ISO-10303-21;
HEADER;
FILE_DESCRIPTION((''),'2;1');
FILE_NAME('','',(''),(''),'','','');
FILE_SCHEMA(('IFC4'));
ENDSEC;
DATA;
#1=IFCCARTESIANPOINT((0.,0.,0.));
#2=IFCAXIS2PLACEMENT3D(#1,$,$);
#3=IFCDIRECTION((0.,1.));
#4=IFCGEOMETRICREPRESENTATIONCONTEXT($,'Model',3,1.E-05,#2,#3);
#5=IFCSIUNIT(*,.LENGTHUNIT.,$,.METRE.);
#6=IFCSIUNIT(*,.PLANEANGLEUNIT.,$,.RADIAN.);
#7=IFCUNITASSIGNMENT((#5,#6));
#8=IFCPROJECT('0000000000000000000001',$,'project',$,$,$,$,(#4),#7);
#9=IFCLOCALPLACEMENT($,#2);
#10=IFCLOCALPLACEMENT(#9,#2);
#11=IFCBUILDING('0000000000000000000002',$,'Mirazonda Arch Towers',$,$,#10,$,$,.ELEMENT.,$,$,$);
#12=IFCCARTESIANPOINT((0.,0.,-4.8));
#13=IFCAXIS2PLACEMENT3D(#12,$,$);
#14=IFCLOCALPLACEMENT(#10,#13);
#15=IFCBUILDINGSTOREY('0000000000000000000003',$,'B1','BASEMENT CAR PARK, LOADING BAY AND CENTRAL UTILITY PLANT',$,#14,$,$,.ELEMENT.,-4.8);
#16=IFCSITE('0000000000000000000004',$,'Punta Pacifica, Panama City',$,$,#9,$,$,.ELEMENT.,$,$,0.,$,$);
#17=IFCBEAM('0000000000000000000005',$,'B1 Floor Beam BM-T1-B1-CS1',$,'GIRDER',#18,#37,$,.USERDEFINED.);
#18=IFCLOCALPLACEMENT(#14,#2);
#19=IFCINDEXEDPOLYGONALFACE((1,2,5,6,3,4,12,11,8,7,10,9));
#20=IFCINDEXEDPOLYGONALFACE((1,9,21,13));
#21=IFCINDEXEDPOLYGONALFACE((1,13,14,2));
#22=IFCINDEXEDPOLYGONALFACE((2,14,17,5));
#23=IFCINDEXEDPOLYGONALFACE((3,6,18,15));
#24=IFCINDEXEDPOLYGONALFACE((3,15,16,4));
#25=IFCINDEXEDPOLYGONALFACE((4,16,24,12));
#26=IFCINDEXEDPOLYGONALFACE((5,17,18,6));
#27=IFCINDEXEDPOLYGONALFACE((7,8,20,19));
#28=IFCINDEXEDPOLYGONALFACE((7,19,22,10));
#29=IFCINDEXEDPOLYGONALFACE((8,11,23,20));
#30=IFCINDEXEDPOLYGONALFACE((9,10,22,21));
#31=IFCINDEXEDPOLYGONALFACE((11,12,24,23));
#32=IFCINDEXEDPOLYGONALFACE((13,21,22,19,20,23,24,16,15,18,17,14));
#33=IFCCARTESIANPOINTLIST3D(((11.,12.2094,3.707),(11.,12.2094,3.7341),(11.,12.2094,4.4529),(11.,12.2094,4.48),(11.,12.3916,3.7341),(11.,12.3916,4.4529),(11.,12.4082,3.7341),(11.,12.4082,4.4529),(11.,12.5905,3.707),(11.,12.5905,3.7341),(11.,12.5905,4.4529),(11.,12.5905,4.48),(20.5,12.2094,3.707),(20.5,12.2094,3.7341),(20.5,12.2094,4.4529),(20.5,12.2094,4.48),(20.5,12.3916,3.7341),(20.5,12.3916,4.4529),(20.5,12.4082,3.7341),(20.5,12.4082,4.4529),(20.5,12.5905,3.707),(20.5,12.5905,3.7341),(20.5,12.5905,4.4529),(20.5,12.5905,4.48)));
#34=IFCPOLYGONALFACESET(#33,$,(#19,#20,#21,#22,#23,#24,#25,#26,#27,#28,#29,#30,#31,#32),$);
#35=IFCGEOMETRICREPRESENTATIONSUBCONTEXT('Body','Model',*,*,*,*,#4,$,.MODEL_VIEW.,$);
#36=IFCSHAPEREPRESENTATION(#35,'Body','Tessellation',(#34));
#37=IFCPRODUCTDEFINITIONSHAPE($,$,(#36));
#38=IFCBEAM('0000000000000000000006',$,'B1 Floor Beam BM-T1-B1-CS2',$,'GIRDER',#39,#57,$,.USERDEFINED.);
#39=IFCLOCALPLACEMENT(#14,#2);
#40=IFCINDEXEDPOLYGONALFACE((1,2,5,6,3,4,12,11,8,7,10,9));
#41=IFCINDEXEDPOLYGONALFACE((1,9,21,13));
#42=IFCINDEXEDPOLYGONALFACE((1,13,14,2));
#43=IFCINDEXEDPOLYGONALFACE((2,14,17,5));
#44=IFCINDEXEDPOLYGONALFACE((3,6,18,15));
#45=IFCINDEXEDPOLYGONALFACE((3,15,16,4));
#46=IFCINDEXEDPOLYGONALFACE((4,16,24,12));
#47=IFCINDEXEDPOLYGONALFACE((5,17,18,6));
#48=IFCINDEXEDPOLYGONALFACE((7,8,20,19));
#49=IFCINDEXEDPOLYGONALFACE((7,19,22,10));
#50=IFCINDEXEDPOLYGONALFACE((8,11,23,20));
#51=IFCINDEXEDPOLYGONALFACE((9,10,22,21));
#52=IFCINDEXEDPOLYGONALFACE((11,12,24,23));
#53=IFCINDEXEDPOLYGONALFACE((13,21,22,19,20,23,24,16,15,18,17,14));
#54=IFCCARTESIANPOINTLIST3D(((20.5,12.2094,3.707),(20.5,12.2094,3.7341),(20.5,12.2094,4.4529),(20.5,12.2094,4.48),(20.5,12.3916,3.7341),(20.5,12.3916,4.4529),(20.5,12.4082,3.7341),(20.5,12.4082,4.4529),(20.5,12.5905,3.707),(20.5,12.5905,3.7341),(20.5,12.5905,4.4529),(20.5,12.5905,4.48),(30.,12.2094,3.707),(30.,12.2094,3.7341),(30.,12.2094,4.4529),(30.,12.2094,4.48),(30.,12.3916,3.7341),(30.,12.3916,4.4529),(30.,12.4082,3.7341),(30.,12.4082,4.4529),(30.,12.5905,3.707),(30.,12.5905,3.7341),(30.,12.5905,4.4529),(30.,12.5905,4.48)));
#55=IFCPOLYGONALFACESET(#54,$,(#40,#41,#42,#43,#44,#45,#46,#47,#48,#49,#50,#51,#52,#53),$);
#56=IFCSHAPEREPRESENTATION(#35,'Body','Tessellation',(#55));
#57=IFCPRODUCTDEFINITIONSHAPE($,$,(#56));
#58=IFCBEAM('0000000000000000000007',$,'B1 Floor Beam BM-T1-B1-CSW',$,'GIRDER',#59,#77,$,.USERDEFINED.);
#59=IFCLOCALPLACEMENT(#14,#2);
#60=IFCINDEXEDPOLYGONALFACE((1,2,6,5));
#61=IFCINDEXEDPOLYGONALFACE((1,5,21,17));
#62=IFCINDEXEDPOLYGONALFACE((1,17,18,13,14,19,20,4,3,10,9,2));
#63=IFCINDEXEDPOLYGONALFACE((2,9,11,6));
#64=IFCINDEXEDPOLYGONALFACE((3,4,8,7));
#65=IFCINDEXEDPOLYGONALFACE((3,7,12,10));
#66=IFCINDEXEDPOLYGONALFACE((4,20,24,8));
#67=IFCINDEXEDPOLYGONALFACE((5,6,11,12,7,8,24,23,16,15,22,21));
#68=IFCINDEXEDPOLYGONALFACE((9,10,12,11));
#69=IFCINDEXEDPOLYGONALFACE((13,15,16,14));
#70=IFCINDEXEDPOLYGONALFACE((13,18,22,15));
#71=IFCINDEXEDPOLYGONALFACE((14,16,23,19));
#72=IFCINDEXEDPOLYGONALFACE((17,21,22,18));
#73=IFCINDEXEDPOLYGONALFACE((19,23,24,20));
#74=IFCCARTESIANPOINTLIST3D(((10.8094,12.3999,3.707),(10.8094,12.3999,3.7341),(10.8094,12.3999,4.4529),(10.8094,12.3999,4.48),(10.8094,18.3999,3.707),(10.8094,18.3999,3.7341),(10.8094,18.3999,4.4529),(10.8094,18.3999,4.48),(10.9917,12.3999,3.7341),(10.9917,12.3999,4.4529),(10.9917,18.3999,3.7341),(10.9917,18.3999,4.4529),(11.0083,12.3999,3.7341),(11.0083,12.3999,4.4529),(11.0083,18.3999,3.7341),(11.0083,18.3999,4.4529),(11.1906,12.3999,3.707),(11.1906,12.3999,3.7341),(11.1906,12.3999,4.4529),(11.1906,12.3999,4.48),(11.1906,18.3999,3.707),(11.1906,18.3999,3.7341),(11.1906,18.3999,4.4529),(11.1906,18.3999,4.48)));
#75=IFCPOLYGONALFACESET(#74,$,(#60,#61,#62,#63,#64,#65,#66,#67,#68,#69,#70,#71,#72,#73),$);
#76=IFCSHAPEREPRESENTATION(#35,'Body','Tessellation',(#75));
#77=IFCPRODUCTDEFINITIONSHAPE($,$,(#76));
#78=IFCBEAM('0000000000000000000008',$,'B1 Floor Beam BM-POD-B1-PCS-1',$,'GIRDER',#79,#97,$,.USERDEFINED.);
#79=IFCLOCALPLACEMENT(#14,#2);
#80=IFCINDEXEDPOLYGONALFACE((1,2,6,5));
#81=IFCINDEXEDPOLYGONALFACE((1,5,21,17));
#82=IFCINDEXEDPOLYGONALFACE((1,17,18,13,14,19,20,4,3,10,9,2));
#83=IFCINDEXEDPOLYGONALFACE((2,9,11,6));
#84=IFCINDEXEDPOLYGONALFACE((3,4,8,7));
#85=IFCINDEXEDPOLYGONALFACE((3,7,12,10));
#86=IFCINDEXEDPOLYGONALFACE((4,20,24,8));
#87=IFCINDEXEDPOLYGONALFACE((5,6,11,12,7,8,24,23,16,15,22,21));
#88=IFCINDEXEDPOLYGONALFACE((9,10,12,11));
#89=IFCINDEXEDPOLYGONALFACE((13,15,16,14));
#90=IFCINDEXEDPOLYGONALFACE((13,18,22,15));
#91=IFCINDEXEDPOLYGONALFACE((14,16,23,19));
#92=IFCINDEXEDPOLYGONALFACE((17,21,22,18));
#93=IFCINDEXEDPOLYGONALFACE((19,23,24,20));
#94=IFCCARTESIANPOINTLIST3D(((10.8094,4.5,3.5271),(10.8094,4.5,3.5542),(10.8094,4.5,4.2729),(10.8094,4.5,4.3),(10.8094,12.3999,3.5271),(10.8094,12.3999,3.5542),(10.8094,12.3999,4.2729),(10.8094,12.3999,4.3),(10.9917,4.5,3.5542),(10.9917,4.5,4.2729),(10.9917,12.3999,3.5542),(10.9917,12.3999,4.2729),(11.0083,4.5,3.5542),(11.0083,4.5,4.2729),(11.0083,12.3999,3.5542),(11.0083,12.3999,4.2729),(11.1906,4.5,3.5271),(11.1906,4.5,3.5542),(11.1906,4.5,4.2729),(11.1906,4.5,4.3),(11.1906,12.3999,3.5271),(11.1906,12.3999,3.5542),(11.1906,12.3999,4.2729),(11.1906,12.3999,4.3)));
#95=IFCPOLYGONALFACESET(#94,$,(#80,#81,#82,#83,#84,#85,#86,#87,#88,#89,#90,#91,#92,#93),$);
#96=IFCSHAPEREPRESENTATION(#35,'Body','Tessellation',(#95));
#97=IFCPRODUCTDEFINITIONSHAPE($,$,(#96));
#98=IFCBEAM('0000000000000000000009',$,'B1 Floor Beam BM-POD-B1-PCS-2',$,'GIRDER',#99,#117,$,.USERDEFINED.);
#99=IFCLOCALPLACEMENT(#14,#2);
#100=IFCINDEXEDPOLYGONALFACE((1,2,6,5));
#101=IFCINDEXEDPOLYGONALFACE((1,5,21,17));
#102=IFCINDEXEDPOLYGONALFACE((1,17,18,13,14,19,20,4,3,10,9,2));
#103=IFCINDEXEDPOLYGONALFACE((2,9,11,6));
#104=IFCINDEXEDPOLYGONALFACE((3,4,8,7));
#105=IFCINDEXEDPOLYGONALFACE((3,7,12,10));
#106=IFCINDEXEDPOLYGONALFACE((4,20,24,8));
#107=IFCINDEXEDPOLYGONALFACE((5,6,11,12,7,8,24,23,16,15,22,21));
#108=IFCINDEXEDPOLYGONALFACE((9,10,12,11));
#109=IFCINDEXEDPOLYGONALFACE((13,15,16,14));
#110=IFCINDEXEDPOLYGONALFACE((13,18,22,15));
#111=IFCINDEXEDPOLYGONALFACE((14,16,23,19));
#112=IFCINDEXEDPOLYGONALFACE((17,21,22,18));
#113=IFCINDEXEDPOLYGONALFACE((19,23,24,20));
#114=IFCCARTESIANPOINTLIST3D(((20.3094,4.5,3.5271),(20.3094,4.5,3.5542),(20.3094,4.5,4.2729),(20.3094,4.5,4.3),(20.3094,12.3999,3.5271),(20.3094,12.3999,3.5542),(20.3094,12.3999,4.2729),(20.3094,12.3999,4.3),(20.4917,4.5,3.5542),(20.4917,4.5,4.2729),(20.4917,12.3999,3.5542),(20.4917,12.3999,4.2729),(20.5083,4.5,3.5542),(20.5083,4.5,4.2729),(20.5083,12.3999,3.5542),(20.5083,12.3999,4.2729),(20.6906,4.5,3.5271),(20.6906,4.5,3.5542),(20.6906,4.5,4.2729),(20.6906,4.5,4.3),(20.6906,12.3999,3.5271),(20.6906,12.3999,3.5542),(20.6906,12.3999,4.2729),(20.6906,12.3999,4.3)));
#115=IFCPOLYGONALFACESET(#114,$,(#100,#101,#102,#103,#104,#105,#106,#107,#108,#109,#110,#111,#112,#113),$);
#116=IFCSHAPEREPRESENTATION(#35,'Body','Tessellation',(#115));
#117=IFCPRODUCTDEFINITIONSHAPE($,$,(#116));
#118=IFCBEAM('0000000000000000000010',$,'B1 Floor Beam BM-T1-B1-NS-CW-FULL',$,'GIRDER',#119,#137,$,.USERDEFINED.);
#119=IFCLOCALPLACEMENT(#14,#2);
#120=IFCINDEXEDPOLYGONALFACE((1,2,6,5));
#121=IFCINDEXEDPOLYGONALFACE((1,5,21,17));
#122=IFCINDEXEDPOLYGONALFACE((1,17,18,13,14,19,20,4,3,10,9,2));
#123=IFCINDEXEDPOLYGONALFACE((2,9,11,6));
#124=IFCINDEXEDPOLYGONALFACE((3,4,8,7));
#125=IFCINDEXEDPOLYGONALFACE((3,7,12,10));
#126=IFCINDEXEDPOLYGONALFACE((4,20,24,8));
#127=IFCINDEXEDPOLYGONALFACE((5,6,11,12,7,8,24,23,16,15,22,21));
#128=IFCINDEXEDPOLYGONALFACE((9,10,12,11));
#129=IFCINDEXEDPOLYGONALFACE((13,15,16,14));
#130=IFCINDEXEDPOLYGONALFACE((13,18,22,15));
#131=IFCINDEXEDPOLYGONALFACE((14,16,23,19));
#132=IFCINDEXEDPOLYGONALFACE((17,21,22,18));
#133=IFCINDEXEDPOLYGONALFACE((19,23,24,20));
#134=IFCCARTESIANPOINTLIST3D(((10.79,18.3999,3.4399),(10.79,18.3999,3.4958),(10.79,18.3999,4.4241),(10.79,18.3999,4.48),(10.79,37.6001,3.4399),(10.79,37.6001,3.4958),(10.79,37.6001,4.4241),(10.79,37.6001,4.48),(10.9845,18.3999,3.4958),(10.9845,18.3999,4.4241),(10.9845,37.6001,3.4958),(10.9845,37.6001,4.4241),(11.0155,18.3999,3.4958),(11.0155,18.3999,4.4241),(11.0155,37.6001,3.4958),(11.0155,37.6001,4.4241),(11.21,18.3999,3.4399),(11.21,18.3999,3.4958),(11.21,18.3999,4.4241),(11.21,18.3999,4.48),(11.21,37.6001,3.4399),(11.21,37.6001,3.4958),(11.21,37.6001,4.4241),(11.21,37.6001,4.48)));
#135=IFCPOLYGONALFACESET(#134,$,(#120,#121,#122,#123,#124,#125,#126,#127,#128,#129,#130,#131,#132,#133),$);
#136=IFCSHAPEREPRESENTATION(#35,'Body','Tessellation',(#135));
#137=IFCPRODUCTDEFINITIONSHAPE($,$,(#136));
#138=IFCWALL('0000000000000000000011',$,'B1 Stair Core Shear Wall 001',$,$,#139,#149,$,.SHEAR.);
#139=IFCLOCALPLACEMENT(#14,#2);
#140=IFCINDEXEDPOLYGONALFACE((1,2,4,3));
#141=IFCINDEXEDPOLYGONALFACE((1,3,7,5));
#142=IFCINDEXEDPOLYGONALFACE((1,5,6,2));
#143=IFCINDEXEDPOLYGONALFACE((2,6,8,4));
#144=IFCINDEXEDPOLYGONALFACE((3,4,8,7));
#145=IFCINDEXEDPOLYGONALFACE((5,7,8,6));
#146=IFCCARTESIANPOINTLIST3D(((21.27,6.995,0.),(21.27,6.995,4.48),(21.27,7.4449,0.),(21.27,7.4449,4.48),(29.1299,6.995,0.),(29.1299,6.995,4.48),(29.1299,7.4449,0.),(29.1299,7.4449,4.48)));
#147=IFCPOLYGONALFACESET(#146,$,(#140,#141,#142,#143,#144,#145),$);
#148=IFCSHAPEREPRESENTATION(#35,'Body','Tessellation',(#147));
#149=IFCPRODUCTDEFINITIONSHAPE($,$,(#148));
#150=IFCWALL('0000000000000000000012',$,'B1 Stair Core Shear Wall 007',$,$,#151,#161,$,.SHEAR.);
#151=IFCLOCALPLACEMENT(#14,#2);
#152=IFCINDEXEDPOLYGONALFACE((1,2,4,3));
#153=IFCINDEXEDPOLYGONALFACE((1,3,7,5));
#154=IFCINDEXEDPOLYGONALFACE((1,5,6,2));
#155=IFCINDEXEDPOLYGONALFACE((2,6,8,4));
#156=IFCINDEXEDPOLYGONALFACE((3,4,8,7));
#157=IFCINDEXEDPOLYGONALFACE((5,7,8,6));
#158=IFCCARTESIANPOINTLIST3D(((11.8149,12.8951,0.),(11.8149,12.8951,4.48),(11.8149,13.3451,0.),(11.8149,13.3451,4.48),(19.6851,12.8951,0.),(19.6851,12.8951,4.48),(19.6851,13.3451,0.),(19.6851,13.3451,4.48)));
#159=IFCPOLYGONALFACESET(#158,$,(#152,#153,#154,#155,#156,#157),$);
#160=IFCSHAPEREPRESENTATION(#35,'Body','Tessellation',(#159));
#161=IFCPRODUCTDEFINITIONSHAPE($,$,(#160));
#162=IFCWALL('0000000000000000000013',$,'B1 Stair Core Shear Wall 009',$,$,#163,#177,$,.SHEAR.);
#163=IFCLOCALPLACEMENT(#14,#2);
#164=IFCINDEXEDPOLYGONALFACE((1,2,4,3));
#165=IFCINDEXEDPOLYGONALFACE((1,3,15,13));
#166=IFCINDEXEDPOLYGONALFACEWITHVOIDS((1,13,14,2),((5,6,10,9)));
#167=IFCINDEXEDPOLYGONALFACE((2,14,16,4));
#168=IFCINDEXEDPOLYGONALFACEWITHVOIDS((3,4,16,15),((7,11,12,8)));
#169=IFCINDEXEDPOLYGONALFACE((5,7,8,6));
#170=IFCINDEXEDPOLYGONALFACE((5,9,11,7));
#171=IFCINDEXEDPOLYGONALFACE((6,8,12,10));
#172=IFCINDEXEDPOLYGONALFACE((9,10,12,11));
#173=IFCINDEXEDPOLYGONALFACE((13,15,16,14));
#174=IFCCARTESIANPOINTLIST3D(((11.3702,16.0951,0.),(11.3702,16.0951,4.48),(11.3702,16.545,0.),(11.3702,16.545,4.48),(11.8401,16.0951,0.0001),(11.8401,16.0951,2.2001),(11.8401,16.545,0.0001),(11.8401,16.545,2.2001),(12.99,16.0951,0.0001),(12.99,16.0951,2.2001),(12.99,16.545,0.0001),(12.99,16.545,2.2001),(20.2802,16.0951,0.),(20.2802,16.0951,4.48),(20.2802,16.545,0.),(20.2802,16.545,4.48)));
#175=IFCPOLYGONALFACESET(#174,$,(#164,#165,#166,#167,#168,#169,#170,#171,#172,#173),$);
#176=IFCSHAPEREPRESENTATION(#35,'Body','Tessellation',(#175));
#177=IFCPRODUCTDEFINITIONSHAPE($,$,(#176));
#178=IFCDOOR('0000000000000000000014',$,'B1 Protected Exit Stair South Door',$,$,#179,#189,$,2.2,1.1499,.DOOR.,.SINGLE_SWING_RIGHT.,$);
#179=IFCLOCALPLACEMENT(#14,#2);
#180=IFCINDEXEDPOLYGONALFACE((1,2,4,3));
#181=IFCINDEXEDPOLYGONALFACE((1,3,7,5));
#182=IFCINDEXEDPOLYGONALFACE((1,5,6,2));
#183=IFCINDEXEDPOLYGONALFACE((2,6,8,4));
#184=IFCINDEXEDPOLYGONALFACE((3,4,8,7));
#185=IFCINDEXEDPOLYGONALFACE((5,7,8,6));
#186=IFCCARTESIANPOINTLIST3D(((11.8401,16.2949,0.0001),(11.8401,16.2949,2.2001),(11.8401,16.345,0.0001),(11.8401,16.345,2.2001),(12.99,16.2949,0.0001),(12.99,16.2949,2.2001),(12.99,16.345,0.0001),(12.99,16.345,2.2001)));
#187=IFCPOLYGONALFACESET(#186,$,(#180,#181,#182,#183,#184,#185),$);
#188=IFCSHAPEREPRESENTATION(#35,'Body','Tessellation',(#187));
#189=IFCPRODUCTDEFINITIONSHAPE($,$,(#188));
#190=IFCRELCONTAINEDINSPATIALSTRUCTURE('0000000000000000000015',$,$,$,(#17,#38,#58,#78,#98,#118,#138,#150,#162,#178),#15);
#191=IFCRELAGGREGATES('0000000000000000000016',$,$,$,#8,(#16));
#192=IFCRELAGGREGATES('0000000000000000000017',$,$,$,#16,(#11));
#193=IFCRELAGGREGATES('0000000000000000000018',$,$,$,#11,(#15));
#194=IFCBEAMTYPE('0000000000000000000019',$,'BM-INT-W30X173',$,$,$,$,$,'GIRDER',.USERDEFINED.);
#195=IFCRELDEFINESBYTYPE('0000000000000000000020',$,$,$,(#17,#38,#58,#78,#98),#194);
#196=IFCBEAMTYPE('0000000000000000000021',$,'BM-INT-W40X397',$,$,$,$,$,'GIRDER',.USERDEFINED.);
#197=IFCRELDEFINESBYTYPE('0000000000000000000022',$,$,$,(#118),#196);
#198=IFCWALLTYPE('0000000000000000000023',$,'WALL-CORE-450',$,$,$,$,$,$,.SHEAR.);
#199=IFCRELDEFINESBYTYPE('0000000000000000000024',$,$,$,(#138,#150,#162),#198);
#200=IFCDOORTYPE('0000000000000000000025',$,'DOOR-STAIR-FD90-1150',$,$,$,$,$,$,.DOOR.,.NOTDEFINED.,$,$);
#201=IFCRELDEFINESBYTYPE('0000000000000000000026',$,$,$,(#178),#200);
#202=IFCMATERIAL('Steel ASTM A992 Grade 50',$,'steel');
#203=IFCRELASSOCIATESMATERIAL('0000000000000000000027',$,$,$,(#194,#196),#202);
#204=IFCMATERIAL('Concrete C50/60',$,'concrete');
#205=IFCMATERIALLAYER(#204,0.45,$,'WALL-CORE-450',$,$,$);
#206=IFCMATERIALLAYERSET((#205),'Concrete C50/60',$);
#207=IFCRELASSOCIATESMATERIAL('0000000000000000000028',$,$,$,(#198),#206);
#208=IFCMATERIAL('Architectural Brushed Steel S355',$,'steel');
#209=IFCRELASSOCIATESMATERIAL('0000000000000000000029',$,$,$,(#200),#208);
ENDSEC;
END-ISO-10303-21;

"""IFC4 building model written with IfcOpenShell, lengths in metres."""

from ifc_helpers import new_model, si_unit, direction, frame, frame_2d, origin, origin_2d, place, context, subcontext, project, spatial, rectangle, i_section, extrude, material, layer, layer_set, material_profile, profile_set, type_object, element, fill, save


model = new_model("IFC4")

# Units and contexts
model_context = context("Model", 3, precision=1e-05, world=origin(), true_north=direction((0.0, 1.0)))
body_context = subcontext(model_context, "Body", "Model", "MODEL_VIEW")
ifc_project = project(units=[si_unit("LENGTHUNIT", "METRE"), si_unit("PLANEANGLEUNIT", "RADIAN")], contexts=[model_context])

# Site, building, storey
site_placement = place(None, origin())
site = spatial("IfcSite", under=ifc_project, at=site_placement, Name="Punta Pacifica, Panama City", CompositionType="ELEMENT", RefElevation=0.0)
building_placement = place(site_placement, origin())
building = spatial("IfcBuilding", under=site, at=building_placement, Name="Mirazonda Arch Towers", CompositionType="ELEMENT")
storey_placement = place(building_placement, frame((0.0, 0.0, -4.8)))
storey = spatial("IfcBuildingStorey", under=building, at=storey_placement, Name="B1", Description="BASEMENT CAR PARK, LOADING BAY AND CENTRAL UTILITY PLANT", CompositionType="ELEMENT", Elevation=-4.8)

# Shared definitions
ifc_material_1 = material(Name="Concrete C50/60", Category="concrete")

# Beams
ifc_material_2 = material(Name="Steel ASTM A992 Grade 50", Category="steel")
ifc_material_profile_1 = material_profile(ifc_material_2, i_section(OverallWidth=0.3811, OverallDepth=0.7729, WebThickness=0.0166, FlangeThickness=0.0271, at=origin_2d()), Name="W30X173")
ifc_profile_set_1 = profile_set([ifc_material_profile_1], Name="Steel ASTM A992 Grade 50")
beam_type_1 = type_object("IfcBeamType", Name="BM-INT-W30X173", ElementType="GIRDER", PredefinedType="USERDEFINED", material=ifc_profile_set_1)
for number, where, z_axis, x_axis, name in (
    (1, (11.0, 12.3999, 4.0935), (1.0, 0.0, 0.0), (0.0, 1.0, 0.0), "B1 Floor Beam BM-T1-B1-CS1"),
    (2, (20.5, 12.3999, 4.0935), (1.0, 0.0, 0.0), (0.0, 1.0, 0.0), "B1 Floor Beam BM-T1-B1-CS2"),
):
    element("IfcBeam", number, at=place(storey_placement, frame(where, z_axis=z_axis, x_axis=x_axis)), inside=storey, type_object=beam_type_1, Name=name, ObjectType="GIRDER", PredefinedType="USERDEFINED", context=body_context, shape_type="SweptSolid", body=[
        extrude(i_section(OverallWidth=0.3811, OverallDepth=0.7729, WebThickness=0.0166, FlangeThickness=0.0271, at=origin_2d()), origin(), (0.0, 0.0, 1.0), 9.5),
    ])
beam_1_placement = place(storey_placement, frame((11.0, 12.3999, 4.0935), z_axis=(0.0, 1.0, 0.0), x_axis=(-1.0, 0.0, 0.0)))
element("IfcBeam", 3, at=beam_1_placement, inside=storey, type_object=beam_type_1, Name="B1 Floor Beam BM-T1-B1-CSW", ObjectType="GIRDER", PredefinedType="USERDEFINED", context=body_context, shape_type="SweptSolid", body=[
    extrude(i_section(OverallWidth=0.3811, OverallDepth=0.7729, WebThickness=0.0166, FlangeThickness=0.0271, at=origin_2d()), origin(), (0.0, 0.0, 1.0), 6.0),
])
for number, where, z_axis, x_axis, name in (
    (4, (11.0, 4.5, 3.9136), (0.0, 1.0, 0.0), (-1.0, 0.0, 0.0), "B1 Floor Beam BM-POD-B1-PCS-1"),
    (5, (20.5, 4.5, 3.9136), (0.0, 1.0, 0.0), (-1.0, 0.0, 0.0), "B1 Floor Beam BM-POD-B1-PCS-2"),
):
    element("IfcBeam", number, at=place(storey_placement, frame(where, z_axis=z_axis, x_axis=x_axis)), inside=storey, type_object=beam_type_1, Name=name, ObjectType="GIRDER", PredefinedType="USERDEFINED", context=body_context, shape_type="SweptSolid", body=[
        extrude(i_section(OverallWidth=0.3811, OverallDepth=0.7729, WebThickness=0.0166, FlangeThickness=0.0271, at=origin_2d()), origin(), (0.0, 0.0, 1.0), 7.8999),
    ])
ifc_material_profile_2 = material_profile(ifc_material_2, i_section(OverallWidth=0.4199, OverallDepth=1.04, WebThickness=0.031, FlangeThickness=0.0559, at=origin_2d()), Name="W40X397")
ifc_profile_set_2 = profile_set([ifc_material_profile_2], Name="Steel ASTM A992 Grade 50")
beam_type_2 = type_object("IfcBeamType", Name="BM-INT-W40X397", ElementType="GIRDER", PredefinedType="USERDEFINED", material=ifc_profile_set_2)
beam_2_placement = place(storey_placement, frame((11.0, 18.3999, 3.96), z_axis=(0.0, 1.0, 0.0), x_axis=(-1.0, 0.0, 0.0)))
element("IfcBeam", 6, at=beam_2_placement, inside=storey, type_object=beam_type_2, Name="B1 Floor Beam BM-T1-B1-NS-CW-FULL", ObjectType="GIRDER", PredefinedType="USERDEFINED", context=body_context, shape_type="SweptSolid", body=[
    extrude(i_section(OverallWidth=0.4199, OverallDepth=1.04, WebThickness=0.031, FlangeThickness=0.0559, at=origin_2d()), origin(), (0.0, 0.0, 1.0), 19.2002),
])

# Walls
ifc_layer_1 = layer(ifc_material_1, 0.45, Name="WALL-CORE-450")
ifc_layer_set_1 = layer_set([ifc_layer_1], Name="Concrete C50/60")
wall_type_1 = type_object("IfcWallType", Name="WALL-CORE-450", PredefinedType="SHEAR", material=ifc_layer_set_1)
wall_1_placement = place(storey_placement, frame((21.27, 7.22, 0.0), z_axis=(0.0, 0.0, 1.0), x_axis=(1.0, 0.0, 0.0)))
element("IfcWall", 7, at=wall_1_placement, inside=storey, type_object=wall_type_1, Name="B1 Stair Core Shear Wall 001", PredefinedType="SHEAR", context=body_context, shape_type="SweptSolid", body=[
    extrude(rectangle(XDim=7.8599, YDim=0.45, at=frame_2d((3.9299, 0.0))), origin(), (0.0, 0.0, 1.0), 4.48),
])
wall_2_placement = place(storey_placement, frame((11.8149, 13.1201, 0.0), z_axis=(0.0, 0.0, 1.0), x_axis=(1.0, 0.0, 0.0)))
element("IfcWall", 8, at=wall_2_placement, inside=storey, type_object=wall_type_1, Name="B1 Stair Core Shear Wall 007", PredefinedType="SHEAR", context=body_context, shape_type="SweptSolid", body=[
    extrude(rectangle(XDim=7.8701, YDim=0.45, at=frame_2d((3.9351, 0.0))), origin(), (0.0, 0.0, 1.0), 4.48),
])

# Wall, opening, door
wall_3_placement = place(storey_placement, frame((11.3701, 16.3201, 0.0), z_axis=(0.0, 0.0, 1.0), x_axis=(1.0, 0.0, 0.0)))
wall_3 = element("IfcWall", 9, at=wall_3_placement, inside=storey, type_object=wall_type_1, Name="B1 Stair Core Shear Wall 009", PredefinedType="SHEAR", context=body_context, shape_type="SweptSolid", body=[
    extrude(rectangle(XDim=8.9099, YDim=0.45, at=frame_2d((4.4551, 0.0))), origin(), (0.0, 0.0, 1.0), 4.48),
])
opening_placement = place(wall_3_placement, frame((0.47, 0.0, 0.0)))
opening = element("IfcOpeningElement", 10, at=opening_placement, cuts=wall_3, PredefinedType="OPENING", context=body_context, shape_type="SweptSolid", body=[
    extrude(rectangle(XDim=1.1499, YDim=2.2, at=frame_2d((0.575, 1.1001))), frame((0.0, 0.2349, 0.0), z_axis=(0.0, -1.0, 0.0), x_axis=(1.0, 0.0, 0.0)), (0.0, 0.0, 1.0), 0.47),
])
ifc_material_3 = material(Name="Architectural Brushed Steel S355", Category="steel")
door_type = type_object("IfcDoorType", Name="DOOR-STAIR-FD90-1150", OperationType="NOTDEFINED", PredefinedType="DOOR", material=ifc_material_3)
door_placement = place(opening_placement, origin())
door = element("IfcDoor", 11, at=door_placement, inside=storey, type_object=door_type, Name="B1 Protected Exit Stair South Door", OperationType="SINGLE_SWING_RIGHT", OverallHeight=2.2, OverallWidth=1.1499, PredefinedType="DOOR", context=body_context, shape_type="SweptSolid", body=[
    extrude(rectangle(XDim=1.1499, YDim=2.2, at=frame_2d((0.575, 1.1001))), frame((0.0, 0.0249, 0.0), z_axis=(0.0, -1.0, 0.0), x_axis=(1.0, 0.0, 0.0)), (0.0, 0.0, 1.0), 0.05),
])
fill(opening, door)

save(model, "model.ifc")
